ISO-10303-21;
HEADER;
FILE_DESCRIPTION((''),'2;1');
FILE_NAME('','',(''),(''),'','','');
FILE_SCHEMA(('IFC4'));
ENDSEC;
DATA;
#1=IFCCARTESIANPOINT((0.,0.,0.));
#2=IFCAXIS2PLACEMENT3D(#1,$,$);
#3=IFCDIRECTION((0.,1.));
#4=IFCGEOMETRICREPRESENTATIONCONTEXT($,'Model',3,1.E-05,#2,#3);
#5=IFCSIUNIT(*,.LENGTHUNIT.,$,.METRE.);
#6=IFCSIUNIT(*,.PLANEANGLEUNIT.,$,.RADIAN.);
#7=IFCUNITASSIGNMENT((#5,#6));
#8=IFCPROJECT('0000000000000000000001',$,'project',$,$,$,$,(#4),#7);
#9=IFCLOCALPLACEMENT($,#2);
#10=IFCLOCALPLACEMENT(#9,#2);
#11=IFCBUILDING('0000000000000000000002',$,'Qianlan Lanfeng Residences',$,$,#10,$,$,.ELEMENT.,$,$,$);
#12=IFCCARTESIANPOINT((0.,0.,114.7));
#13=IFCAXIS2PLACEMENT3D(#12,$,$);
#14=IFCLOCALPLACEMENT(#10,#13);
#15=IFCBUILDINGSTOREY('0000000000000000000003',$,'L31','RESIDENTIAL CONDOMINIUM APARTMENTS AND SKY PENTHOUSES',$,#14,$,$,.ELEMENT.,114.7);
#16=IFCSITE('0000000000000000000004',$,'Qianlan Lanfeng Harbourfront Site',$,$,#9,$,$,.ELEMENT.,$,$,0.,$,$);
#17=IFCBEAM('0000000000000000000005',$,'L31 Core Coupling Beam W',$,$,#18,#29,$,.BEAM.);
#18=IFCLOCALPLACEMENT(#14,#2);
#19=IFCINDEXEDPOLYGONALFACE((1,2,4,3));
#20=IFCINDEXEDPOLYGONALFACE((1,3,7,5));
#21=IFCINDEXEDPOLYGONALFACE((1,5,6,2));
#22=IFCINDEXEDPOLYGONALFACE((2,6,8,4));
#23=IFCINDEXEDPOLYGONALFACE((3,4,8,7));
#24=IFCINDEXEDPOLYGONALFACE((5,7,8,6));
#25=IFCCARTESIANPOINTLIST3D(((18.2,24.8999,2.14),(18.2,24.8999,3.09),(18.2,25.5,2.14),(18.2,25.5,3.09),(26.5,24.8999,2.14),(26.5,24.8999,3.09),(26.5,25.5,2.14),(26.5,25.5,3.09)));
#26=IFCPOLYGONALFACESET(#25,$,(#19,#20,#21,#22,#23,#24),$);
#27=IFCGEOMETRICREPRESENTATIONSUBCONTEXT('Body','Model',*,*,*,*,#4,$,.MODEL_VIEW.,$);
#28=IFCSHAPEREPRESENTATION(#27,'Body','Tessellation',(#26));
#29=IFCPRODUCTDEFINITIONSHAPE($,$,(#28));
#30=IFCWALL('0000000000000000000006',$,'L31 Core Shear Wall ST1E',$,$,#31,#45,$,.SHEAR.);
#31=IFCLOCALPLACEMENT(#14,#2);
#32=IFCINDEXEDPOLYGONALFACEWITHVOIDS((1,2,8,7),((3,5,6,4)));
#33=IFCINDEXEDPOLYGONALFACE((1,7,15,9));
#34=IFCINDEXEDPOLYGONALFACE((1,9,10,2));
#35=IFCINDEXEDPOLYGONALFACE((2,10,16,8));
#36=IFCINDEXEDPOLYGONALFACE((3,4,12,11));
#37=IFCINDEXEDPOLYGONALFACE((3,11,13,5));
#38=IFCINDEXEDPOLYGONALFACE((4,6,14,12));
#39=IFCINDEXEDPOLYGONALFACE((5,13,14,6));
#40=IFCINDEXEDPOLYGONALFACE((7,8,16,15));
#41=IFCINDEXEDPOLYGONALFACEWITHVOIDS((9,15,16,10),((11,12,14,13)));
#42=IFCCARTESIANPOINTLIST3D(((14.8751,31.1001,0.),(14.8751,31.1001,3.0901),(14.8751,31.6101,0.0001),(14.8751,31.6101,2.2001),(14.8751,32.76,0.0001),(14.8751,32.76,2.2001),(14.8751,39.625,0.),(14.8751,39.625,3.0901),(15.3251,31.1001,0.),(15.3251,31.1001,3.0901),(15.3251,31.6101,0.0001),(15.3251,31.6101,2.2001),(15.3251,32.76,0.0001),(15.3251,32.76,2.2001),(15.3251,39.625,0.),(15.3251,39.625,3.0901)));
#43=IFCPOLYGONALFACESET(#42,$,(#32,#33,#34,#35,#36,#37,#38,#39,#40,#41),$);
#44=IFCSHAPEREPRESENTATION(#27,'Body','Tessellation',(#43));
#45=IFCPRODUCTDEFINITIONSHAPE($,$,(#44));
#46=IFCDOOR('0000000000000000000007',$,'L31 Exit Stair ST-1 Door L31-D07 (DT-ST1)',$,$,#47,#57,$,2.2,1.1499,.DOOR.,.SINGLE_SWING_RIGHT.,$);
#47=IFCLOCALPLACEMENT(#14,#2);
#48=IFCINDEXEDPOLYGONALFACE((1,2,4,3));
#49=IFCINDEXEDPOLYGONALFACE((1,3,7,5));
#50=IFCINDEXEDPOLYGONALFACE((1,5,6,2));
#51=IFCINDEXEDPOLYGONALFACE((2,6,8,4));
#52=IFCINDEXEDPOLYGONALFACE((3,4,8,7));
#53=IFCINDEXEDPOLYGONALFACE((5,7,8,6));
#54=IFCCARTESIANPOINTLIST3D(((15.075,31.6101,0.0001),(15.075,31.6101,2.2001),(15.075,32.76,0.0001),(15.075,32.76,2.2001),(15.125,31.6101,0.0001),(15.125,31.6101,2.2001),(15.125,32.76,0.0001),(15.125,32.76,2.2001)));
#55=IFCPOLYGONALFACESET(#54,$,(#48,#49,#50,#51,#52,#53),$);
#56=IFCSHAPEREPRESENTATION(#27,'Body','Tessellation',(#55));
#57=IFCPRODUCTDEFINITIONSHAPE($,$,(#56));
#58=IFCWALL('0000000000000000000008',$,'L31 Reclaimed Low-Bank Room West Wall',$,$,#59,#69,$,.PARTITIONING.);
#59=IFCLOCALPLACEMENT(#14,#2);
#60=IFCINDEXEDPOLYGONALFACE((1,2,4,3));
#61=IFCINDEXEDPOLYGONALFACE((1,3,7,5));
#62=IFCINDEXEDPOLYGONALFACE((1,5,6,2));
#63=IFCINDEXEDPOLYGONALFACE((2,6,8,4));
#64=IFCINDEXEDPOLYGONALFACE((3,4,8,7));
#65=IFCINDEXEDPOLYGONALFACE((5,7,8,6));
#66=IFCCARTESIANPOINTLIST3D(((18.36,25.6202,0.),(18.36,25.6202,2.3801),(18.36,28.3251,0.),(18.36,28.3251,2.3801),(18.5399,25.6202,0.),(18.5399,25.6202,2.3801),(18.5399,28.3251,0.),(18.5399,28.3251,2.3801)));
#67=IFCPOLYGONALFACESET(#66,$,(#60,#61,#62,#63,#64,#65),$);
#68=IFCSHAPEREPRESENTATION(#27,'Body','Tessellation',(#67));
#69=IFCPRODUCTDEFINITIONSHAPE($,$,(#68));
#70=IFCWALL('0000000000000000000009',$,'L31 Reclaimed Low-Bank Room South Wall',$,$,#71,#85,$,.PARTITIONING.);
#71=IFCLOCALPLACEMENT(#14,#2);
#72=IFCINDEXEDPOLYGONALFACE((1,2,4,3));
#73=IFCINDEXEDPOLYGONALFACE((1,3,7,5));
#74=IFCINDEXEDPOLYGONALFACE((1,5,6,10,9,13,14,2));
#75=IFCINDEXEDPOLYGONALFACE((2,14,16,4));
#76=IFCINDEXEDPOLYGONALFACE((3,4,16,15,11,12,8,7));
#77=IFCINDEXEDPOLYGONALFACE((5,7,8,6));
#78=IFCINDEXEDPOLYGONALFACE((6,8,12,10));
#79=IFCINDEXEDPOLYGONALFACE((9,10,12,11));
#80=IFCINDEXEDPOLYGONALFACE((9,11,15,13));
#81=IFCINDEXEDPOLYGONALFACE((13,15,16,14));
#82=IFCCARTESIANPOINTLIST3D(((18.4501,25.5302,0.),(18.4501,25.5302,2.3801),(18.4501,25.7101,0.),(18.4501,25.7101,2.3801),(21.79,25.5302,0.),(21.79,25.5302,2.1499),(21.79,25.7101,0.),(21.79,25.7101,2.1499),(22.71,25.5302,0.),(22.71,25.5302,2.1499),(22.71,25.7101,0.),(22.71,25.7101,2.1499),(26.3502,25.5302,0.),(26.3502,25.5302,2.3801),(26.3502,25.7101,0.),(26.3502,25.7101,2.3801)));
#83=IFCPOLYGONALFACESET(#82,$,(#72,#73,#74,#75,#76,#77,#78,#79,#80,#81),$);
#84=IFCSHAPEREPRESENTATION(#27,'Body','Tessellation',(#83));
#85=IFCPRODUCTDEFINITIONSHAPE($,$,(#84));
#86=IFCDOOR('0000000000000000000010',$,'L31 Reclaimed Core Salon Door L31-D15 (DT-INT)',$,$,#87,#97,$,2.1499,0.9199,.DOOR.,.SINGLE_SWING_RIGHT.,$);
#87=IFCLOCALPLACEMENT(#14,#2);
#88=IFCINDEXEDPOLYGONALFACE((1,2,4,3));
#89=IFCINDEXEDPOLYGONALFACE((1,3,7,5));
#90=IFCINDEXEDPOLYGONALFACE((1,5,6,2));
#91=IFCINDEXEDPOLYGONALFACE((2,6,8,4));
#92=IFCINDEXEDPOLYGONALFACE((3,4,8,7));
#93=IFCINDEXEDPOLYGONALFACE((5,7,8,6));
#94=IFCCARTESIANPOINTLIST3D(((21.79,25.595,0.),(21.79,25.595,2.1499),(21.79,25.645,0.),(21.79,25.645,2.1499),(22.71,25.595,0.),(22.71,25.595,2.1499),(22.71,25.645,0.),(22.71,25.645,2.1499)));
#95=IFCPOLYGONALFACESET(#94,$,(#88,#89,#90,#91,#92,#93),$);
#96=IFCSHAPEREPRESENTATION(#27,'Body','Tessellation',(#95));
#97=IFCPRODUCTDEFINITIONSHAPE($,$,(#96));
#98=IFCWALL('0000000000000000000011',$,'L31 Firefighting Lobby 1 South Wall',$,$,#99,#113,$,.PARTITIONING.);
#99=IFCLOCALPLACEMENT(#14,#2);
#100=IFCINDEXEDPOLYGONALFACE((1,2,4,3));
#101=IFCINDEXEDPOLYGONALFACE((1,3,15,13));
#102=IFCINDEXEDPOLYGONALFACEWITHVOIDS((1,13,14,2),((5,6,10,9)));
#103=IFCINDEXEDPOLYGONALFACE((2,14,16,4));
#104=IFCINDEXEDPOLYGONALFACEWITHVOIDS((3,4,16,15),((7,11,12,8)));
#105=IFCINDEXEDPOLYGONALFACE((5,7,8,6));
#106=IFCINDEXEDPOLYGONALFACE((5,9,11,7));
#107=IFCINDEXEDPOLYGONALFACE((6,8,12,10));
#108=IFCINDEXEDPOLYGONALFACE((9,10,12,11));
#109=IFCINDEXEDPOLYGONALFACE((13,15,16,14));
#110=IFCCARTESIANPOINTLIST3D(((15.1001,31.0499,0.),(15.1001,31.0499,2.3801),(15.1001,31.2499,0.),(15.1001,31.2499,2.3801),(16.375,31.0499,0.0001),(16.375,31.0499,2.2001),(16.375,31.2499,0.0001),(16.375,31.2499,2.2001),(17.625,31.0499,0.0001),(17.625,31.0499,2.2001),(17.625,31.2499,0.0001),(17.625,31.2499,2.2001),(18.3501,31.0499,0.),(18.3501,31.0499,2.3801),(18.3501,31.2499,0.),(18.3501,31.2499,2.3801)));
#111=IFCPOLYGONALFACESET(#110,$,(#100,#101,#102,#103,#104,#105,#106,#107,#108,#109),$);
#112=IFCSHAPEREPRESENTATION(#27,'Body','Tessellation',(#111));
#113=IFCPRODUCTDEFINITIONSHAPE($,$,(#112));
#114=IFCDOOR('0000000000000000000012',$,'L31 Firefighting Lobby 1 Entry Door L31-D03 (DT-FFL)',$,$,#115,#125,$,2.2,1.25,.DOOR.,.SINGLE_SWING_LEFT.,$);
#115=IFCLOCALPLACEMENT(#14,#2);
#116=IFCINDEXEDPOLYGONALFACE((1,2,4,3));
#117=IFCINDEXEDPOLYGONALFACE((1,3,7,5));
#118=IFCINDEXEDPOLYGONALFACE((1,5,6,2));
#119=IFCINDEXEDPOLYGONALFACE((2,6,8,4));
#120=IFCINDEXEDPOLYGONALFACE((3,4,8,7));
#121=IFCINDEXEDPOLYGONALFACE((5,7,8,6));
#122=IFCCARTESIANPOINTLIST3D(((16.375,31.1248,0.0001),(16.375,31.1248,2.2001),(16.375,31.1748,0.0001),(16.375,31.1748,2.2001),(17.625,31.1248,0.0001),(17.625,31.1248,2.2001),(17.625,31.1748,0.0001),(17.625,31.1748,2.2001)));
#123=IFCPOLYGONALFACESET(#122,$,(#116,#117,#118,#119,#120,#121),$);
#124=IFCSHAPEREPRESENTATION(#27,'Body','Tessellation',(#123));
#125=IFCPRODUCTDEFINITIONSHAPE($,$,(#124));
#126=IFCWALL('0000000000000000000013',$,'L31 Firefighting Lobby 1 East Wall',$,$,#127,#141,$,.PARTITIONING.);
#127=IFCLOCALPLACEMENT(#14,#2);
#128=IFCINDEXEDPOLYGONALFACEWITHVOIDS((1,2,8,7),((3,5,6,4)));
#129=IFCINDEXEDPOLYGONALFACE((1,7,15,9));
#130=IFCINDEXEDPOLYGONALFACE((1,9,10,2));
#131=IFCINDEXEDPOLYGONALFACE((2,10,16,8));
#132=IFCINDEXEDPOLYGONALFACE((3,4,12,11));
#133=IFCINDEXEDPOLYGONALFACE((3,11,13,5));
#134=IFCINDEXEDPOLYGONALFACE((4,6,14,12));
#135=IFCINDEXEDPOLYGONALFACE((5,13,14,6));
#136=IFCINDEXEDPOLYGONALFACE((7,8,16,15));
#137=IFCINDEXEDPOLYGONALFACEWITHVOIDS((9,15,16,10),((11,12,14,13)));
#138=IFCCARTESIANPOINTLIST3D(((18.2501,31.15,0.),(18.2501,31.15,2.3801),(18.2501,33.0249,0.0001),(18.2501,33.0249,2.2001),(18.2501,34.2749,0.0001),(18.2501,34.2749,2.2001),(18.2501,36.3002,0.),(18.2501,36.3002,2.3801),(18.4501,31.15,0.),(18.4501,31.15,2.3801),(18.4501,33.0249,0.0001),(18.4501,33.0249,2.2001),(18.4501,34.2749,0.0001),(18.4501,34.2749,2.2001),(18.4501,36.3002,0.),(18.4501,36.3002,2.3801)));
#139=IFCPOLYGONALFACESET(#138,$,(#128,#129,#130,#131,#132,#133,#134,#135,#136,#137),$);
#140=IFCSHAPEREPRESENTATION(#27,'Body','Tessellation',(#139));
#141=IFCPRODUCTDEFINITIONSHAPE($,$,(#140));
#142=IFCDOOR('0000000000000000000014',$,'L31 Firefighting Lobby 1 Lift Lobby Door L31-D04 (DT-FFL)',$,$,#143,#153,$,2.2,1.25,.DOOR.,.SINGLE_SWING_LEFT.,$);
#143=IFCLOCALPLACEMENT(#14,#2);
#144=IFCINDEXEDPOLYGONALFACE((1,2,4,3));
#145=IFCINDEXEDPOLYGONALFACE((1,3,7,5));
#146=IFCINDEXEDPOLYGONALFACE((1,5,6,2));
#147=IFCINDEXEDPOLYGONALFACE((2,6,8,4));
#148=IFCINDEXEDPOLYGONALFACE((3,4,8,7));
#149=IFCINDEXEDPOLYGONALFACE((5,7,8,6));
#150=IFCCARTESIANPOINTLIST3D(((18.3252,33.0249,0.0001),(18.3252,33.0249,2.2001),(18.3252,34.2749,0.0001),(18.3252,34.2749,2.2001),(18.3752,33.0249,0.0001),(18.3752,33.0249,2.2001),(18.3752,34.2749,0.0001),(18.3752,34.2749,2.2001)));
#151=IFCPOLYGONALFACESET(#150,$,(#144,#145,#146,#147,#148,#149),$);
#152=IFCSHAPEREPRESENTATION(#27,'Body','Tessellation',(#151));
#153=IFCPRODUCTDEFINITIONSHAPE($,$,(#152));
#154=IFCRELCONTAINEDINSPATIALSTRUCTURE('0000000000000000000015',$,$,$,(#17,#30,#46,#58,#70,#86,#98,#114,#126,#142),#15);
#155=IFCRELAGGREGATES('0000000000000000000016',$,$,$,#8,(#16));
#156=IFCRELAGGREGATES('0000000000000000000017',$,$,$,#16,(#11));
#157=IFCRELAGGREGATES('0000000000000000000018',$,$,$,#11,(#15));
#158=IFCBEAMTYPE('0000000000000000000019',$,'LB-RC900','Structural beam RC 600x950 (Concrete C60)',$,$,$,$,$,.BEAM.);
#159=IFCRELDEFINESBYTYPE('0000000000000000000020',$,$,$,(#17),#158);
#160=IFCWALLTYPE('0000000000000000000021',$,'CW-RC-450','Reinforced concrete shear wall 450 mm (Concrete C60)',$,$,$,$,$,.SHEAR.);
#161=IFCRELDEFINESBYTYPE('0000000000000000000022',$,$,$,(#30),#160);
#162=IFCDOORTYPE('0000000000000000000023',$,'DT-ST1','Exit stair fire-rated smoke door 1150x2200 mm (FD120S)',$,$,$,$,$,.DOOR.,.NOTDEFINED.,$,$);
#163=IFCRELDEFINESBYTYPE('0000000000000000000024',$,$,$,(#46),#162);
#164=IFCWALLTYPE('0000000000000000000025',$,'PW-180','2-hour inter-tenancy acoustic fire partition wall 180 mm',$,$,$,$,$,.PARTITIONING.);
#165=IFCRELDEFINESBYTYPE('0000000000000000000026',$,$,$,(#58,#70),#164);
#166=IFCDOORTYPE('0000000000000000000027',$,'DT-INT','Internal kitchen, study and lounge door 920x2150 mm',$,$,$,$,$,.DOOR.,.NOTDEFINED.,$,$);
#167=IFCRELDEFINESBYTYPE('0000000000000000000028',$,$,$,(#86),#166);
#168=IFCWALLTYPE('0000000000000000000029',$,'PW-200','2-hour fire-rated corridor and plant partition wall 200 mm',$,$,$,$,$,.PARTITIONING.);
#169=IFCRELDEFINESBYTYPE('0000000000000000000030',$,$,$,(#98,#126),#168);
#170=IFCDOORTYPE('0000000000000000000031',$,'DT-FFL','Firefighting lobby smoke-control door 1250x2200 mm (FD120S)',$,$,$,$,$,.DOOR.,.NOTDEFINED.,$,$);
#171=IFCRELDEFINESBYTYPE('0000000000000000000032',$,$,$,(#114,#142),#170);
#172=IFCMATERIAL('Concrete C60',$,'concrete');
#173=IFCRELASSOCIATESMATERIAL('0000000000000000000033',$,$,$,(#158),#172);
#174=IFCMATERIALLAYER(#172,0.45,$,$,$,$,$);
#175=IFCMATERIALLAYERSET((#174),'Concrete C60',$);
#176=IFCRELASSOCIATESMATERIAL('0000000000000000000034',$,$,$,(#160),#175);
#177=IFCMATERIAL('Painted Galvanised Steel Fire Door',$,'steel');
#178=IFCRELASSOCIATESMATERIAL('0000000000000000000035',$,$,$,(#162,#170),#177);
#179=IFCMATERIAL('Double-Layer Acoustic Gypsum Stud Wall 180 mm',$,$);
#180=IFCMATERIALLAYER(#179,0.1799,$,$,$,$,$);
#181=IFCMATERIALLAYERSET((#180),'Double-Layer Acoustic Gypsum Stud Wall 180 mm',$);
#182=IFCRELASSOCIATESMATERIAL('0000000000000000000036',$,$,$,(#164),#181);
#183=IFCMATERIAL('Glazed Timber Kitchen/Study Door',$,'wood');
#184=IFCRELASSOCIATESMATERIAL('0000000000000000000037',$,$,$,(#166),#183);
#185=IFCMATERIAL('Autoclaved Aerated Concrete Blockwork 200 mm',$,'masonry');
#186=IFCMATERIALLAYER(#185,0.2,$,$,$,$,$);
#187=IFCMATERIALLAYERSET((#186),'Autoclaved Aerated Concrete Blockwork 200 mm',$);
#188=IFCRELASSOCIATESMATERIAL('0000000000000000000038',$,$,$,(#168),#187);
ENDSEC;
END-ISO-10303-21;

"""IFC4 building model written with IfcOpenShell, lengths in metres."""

from ifc_helpers import new_model, si_unit, direction, frame, frame_2d, origin, origin_2d, place, context, subcontext, project, spatial, rectangle, extrude, material, layer, layer_set, material_profile, profile_set, type_object, element, fill, save


model = new_model("IFC4")

# Units and contexts
model_context = context("Model", 3, precision=1e-05, world=origin(), true_north=direction((0.0, 1.0)))
body_context = subcontext(model_context, "Body", "Model", "MODEL_VIEW")
ifc_project = project(units=[si_unit("LENGTHUNIT", "METRE"), si_unit("PLANEANGLEUNIT", "RADIAN")], contexts=[model_context])

# Site, building, storey
site_placement = place(None, origin())
site = spatial("IfcSite", under=ifc_project, at=site_placement, Name="Qianlan Lanfeng Harbourfront Site", CompositionType="ELEMENT", RefElevation=0.0)
building_placement = place(site_placement, origin())
building = spatial("IfcBuilding", under=site, at=building_placement, Name="Qianlan Lanfeng Residences", CompositionType="ELEMENT")
storey_placement = place(building_placement, frame((0.0, 0.0, 114.7)))
storey = spatial("IfcBuildingStorey", under=building, at=storey_placement, Name="L31", Description="RESIDENTIAL CONDOMINIUM APARTMENTS AND SKY PENTHOUSES", CompositionType="ELEMENT", Elevation=114.7)

# Beam
ifc_material_1 = material(Name="Concrete C60", Category="concrete")
ifc_material_profile = material_profile(ifc_material_1, rectangle(XDim=0.6001, YDim=0.95, at=origin_2d()), Name="RC 600x950")
ifc_profile_set = profile_set([ifc_material_profile], Name="Concrete C60")
beam_type = type_object("IfcBeamType", Name="LB-RC900", Description="Structural beam RC 600x950 (Concrete C60)", PredefinedType="BEAM", material=ifc_profile_set)
beam_placement = place(storey_placement, frame((18.2, 25.2, 2.615), z_axis=(1.0, 0.0, 0.0), x_axis=(0.0, 1.0, 0.0)))
element("IfcBeam", 1, at=beam_placement, inside=storey, type_object=beam_type, Name="L31 Core Coupling Beam W", PredefinedType="BEAM", context=body_context, shape_type="SweptSolid", body=[
    extrude(rectangle(XDim=0.6001, YDim=0.95, at=origin_2d()), origin(), (0.0, 0.0, 1.0), 8.3),
])

# Wall, opening, door
ifc_layer_1 = layer(ifc_material_1, 0.45)
ifc_layer_set_1 = layer_set([ifc_layer_1], Name="Concrete C60")
wall_type_1 = type_object("IfcWallType", Name="CW-RC-450", Description="Reinforced concrete shear wall 450 mm (Concrete C60)", PredefinedType="SHEAR", material=ifc_layer_set_1)
wall_1_placement = place(storey_placement, frame((15.1001, 31.1001, 0.0), z_axis=(0.0, 0.0, 1.0), x_axis=(0.0, 1.0, 0.0)))
wall_1 = element("IfcWall", 2, at=wall_1_placement, inside=storey, type_object=wall_type_1, Name="L31 Core Shear Wall ST1E", PredefinedType="SHEAR", context=body_context, shape_type="SweptSolid", body=[
    extrude(rectangle(XDim=8.5249, YDim=0.45, at=frame_2d((4.2625, 0.0))), origin(), (0.0, 0.0, 1.0), 3.0901),
])
opening_1_placement = place(wall_1_placement, frame((0.51, 0.0, 0.0)))
opening_1 = element("IfcOpeningElement", 3, at=opening_1_placement, cuts=wall_1, PredefinedType="OPENING", context=body_context, shape_type="SweptSolid", body=[
    extrude(rectangle(XDim=1.1499, YDim=2.2, at=frame_2d((0.575, 1.1001))), frame((0.0, 0.2349, 0.0), z_axis=(0.0, -1.0, 0.0), x_axis=(1.0, 0.0, 0.0)), (0.0, 0.0, 1.0), 0.47),
])
ifc_material_2 = material(Name="Painted Galvanised Steel Fire Door", Category="steel")
door_type_1 = type_object("IfcDoorType", Name="DT-ST1", Description="Exit stair fire-rated smoke door 1150x2200 mm (FD120S)", OperationType="NOTDEFINED", PredefinedType="DOOR", material=ifc_material_2)
door_1_placement = place(opening_1_placement, frame((1.1499, 0.0, 0.0), z_axis=(0.0, 0.0, 1.0), x_axis=(-1.0, 0.0, 0.0)))
door_1 = element("IfcDoor", 4, at=door_1_placement, inside=storey, type_object=door_type_1, Name="L31 Exit Stair ST-1 Door L31-D07 (DT-ST1)", OperationType="SINGLE_SWING_RIGHT", OverallHeight=2.2, OverallWidth=1.1499, PredefinedType="DOOR", context=body_context, shape_type="SweptSolid", body=[
    extrude(rectangle(XDim=1.1499, YDim=2.2, at=frame_2d((0.575, 1.1001))), frame((0.0, 0.0249, 0.0), z_axis=(0.0, -1.0, 0.0), x_axis=(1.0, 0.0, 0.0)), (0.0, 0.0, 1.0), 0.05),
])
fill(opening_1, door_1)

# Shared definitions
ifc_material_3 = material(Name="Double-Layer Acoustic Gypsum Stud Wall 180 mm")
ifc_layer_2 = layer(ifc_material_3, 0.1799)
ifc_layer_set_2 = layer_set([ifc_layer_2], Name="Double-Layer Acoustic Gypsum Stud Wall 180 mm")
wall_type_2 = type_object("IfcWallType", Name="PW-180", Description="2-hour inter-tenancy acoustic fire partition wall 180 mm", PredefinedType="PARTITIONING", material=ifc_layer_set_2)
ifc_material_4 = material(Name="Glazed Timber Kitchen/Study Door", Category="wood")
door_type_2 = type_object("IfcDoorType", Name="DT-INT", Description="Internal kitchen, study and lounge door 920x2150 mm", OperationType="NOTDEFINED", PredefinedType="DOOR", material=ifc_material_4)

# Wall
wall_2_placement = place(storey_placement, frame((18.45, 25.6201, 0.0), z_axis=(0.0, 0.0, 1.0), x_axis=(0.0, 1.0, 0.0)))
element("IfcWall", 5, at=wall_2_placement, inside=storey, type_object=wall_type_2, Name="L31 Reclaimed Low-Bank Room West Wall", PredefinedType="PARTITIONING", context=body_context, shape_type="SweptSolid", body=[
    extrude(rectangle(XDim=2.7048, YDim=0.1799, at=frame_2d((1.3525, 0.0))), origin(), (0.0, 0.0, 1.0), 2.3801),
])

# Walls, openings, doors
wall_3_placement = place(storey_placement, frame((18.45, 25.6201, 0.0), z_axis=(0.0, 0.0, 1.0), x_axis=(1.0, 0.0, 0.0)))
wall_3 = element("IfcWall", 6, at=wall_3_placement, inside=storey, type_object=wall_type_2, Name="L31 Reclaimed Low-Bank Room South Wall", PredefinedType="PARTITIONING", context=body_context, shape_type="SweptSolid", body=[
    extrude(rectangle(XDim=7.9001, YDim=0.1799, at=frame_2d((3.9502, 0.0))), origin(), (0.0, 0.0, 1.0), 2.3801),
])
opening_2_placement = place(wall_3_placement, frame((3.3401, 0.0, 0.0)))
opening_2 = element("IfcOpeningElement", 7, at=opening_2_placement, cuts=wall_3, PredefinedType="OPENING", context=body_context, shape_type="SweptSolid", body=[
    extrude(rectangle(XDim=0.9199, YDim=2.1499, at=frame_2d((0.46, 1.075))), frame((0.0, 0.1001, 0.0), z_axis=(0.0, -1.0, 0.0), x_axis=(1.0, 0.0, 0.0)), (0.0, 0.0, 1.0), 0.2),
])
door_2_placement = place(opening_2_placement, origin())
door_2 = element("IfcDoor", 8, at=door_2_placement, inside=storey, type_object=door_type_2, Name="L31 Reclaimed Core Salon Door L31-D15 (DT-INT)", OperationType="SINGLE_SWING_RIGHT", OverallHeight=2.1499, OverallWidth=0.9199, PredefinedType="DOOR", context=body_context, shape_type="SweptSolid", body=[
    extrude(rectangle(XDim=0.9199, YDim=2.1499, at=frame_2d((0.46, 1.075))), frame((0.0, 0.0249, 0.0), z_axis=(0.0, -1.0, 0.0), x_axis=(1.0, 0.0, 0.0)), (0.0, 0.0, 1.0), 0.05),
])
fill(opening_2, door_2)
ifc_material_5 = material(Name="Autoclaved Aerated Concrete Blockwork 200 mm", Category="masonry")
ifc_layer_3 = layer(ifc_material_5, 0.2)
ifc_layer_set_3 = layer_set([ifc_layer_3], Name="Autoclaved Aerated Concrete Blockwork 200 mm")
wall_type_3 = type_object("IfcWallType", Name="PW-200", Description="2-hour fire-rated corridor and plant partition wall 200 mm", PredefinedType="PARTITIONING", material=ifc_layer_set_3)
wall_4_placement = place(storey_placement, frame((15.1001, 31.1499, 0.0), z_axis=(0.0, 0.0, 1.0), x_axis=(1.0, 0.0, 0.0)))
wall_4 = element("IfcWall", 9, at=wall_4_placement, inside=storey, type_object=wall_type_3, Name="L31 Firefighting Lobby 1 South Wall", PredefinedType="PARTITIONING", context=body_context, shape_type="SweptSolid", body=[
    extrude(rectangle(XDim=3.25, YDim=0.2, at=frame_2d((1.625, 0.0))), origin(), (0.0, 0.0, 1.0), 2.3801),
])
opening_3_placement = place(wall_4_placement, frame((1.2749, 0.0, 0.0)))
opening_3 = element("IfcOpeningElement", 10, at=opening_3_placement, cuts=wall_4, PredefinedType="OPENING", context=body_context, shape_type="SweptSolid", body=[
    extrude(rectangle(XDim=1.25, YDim=2.2, at=frame_2d((0.625, 1.1001))), frame((0.0, 0.1099, 0.0), z_axis=(0.0, -1.0, 0.0), x_axis=(1.0, 0.0, 0.0)), (0.0, 0.0, 1.0), 0.22),
])
door_type_3 = type_object("IfcDoorType", Name="DT-FFL", Description="Firefighting lobby smoke-control door 1250x2200 mm (FD120S)", OperationType="NOTDEFINED", PredefinedType="DOOR", material=ifc_material_2)
door_3_placement = place(opening_3_placement, origin())
door_3 = element("IfcDoor", 11, at=door_3_placement, inside=storey, type_object=door_type_3, Name="L31 Firefighting Lobby 1 Entry Door L31-D03 (DT-FFL)", OperationType="SINGLE_SWING_LEFT", OverallHeight=2.2, OverallWidth=1.25, PredefinedType="DOOR", context=body_context, shape_type="SweptSolid", body=[
    extrude(rectangle(XDim=1.25, YDim=2.2, at=frame_2d((0.625, 1.1001))), frame((0.0, 0.0249, 0.0), z_axis=(0.0, -1.0, 0.0), x_axis=(1.0, 0.0, 0.0)), (0.0, 0.0, 1.0), 0.05),
])
fill(opening_3, door_3)
wall_5_placement = place(storey_placement, frame((18.3501, 31.1499, 0.0), z_axis=(0.0, 0.0, 1.0), x_axis=(0.0, 1.0, 0.0)))
wall_5 = element("IfcWall", 12, at=wall_5_placement, inside=storey, type_object=wall_type_3, Name="L31 Firefighting Lobby 1 East Wall", PredefinedType="PARTITIONING", context=body_context, shape_type="SweptSolid", body=[
    extrude(rectangle(XDim=5.1501, YDim=0.2, at=frame_2d((2.5752, 0.0))), origin(), (0.0, 0.0, 1.0), 2.3801),
])
opening_4_placement = place(wall_5_placement, frame((1.875, 0.0, 0.0)))
opening_4 = element("IfcOpeningElement", 13, at=opening_4_placement, cuts=wall_5, PredefinedType="OPENING", context=body_context, shape_type="SweptSolid", body=[
    extrude(rectangle(XDim=1.25, YDim=2.2, at=frame_2d((0.625, 1.1001))), frame((0.0, 0.1099, 0.0), z_axis=(0.0, -1.0, 0.0), x_axis=(1.0, 0.0, 0.0)), (0.0, 0.0, 1.0), 0.22),
])
door_4_placement = place(opening_4_placement, origin())
door_4 = element("IfcDoor", 14, at=door_4_placement, inside=storey, type_object=door_type_3, Name="L31 Firefighting Lobby 1 Lift Lobby Door L31-D04 (DT-FFL)", OperationType="SINGLE_SWING_LEFT", OverallHeight=2.2, OverallWidth=1.25, PredefinedType="DOOR", context=body_context, shape_type="SweptSolid", body=[
    extrude(rectangle(XDim=1.25, YDim=2.2, at=frame_2d((0.625, 1.1001))), frame((0.0, 0.0249, 0.0), z_axis=(0.0, -1.0, 0.0), x_axis=(1.0, 0.0, 0.0)), (0.0, 0.0, 1.0), 0.05),
])
fill(opening_4, door_4)

save(model, "model.ifc")
